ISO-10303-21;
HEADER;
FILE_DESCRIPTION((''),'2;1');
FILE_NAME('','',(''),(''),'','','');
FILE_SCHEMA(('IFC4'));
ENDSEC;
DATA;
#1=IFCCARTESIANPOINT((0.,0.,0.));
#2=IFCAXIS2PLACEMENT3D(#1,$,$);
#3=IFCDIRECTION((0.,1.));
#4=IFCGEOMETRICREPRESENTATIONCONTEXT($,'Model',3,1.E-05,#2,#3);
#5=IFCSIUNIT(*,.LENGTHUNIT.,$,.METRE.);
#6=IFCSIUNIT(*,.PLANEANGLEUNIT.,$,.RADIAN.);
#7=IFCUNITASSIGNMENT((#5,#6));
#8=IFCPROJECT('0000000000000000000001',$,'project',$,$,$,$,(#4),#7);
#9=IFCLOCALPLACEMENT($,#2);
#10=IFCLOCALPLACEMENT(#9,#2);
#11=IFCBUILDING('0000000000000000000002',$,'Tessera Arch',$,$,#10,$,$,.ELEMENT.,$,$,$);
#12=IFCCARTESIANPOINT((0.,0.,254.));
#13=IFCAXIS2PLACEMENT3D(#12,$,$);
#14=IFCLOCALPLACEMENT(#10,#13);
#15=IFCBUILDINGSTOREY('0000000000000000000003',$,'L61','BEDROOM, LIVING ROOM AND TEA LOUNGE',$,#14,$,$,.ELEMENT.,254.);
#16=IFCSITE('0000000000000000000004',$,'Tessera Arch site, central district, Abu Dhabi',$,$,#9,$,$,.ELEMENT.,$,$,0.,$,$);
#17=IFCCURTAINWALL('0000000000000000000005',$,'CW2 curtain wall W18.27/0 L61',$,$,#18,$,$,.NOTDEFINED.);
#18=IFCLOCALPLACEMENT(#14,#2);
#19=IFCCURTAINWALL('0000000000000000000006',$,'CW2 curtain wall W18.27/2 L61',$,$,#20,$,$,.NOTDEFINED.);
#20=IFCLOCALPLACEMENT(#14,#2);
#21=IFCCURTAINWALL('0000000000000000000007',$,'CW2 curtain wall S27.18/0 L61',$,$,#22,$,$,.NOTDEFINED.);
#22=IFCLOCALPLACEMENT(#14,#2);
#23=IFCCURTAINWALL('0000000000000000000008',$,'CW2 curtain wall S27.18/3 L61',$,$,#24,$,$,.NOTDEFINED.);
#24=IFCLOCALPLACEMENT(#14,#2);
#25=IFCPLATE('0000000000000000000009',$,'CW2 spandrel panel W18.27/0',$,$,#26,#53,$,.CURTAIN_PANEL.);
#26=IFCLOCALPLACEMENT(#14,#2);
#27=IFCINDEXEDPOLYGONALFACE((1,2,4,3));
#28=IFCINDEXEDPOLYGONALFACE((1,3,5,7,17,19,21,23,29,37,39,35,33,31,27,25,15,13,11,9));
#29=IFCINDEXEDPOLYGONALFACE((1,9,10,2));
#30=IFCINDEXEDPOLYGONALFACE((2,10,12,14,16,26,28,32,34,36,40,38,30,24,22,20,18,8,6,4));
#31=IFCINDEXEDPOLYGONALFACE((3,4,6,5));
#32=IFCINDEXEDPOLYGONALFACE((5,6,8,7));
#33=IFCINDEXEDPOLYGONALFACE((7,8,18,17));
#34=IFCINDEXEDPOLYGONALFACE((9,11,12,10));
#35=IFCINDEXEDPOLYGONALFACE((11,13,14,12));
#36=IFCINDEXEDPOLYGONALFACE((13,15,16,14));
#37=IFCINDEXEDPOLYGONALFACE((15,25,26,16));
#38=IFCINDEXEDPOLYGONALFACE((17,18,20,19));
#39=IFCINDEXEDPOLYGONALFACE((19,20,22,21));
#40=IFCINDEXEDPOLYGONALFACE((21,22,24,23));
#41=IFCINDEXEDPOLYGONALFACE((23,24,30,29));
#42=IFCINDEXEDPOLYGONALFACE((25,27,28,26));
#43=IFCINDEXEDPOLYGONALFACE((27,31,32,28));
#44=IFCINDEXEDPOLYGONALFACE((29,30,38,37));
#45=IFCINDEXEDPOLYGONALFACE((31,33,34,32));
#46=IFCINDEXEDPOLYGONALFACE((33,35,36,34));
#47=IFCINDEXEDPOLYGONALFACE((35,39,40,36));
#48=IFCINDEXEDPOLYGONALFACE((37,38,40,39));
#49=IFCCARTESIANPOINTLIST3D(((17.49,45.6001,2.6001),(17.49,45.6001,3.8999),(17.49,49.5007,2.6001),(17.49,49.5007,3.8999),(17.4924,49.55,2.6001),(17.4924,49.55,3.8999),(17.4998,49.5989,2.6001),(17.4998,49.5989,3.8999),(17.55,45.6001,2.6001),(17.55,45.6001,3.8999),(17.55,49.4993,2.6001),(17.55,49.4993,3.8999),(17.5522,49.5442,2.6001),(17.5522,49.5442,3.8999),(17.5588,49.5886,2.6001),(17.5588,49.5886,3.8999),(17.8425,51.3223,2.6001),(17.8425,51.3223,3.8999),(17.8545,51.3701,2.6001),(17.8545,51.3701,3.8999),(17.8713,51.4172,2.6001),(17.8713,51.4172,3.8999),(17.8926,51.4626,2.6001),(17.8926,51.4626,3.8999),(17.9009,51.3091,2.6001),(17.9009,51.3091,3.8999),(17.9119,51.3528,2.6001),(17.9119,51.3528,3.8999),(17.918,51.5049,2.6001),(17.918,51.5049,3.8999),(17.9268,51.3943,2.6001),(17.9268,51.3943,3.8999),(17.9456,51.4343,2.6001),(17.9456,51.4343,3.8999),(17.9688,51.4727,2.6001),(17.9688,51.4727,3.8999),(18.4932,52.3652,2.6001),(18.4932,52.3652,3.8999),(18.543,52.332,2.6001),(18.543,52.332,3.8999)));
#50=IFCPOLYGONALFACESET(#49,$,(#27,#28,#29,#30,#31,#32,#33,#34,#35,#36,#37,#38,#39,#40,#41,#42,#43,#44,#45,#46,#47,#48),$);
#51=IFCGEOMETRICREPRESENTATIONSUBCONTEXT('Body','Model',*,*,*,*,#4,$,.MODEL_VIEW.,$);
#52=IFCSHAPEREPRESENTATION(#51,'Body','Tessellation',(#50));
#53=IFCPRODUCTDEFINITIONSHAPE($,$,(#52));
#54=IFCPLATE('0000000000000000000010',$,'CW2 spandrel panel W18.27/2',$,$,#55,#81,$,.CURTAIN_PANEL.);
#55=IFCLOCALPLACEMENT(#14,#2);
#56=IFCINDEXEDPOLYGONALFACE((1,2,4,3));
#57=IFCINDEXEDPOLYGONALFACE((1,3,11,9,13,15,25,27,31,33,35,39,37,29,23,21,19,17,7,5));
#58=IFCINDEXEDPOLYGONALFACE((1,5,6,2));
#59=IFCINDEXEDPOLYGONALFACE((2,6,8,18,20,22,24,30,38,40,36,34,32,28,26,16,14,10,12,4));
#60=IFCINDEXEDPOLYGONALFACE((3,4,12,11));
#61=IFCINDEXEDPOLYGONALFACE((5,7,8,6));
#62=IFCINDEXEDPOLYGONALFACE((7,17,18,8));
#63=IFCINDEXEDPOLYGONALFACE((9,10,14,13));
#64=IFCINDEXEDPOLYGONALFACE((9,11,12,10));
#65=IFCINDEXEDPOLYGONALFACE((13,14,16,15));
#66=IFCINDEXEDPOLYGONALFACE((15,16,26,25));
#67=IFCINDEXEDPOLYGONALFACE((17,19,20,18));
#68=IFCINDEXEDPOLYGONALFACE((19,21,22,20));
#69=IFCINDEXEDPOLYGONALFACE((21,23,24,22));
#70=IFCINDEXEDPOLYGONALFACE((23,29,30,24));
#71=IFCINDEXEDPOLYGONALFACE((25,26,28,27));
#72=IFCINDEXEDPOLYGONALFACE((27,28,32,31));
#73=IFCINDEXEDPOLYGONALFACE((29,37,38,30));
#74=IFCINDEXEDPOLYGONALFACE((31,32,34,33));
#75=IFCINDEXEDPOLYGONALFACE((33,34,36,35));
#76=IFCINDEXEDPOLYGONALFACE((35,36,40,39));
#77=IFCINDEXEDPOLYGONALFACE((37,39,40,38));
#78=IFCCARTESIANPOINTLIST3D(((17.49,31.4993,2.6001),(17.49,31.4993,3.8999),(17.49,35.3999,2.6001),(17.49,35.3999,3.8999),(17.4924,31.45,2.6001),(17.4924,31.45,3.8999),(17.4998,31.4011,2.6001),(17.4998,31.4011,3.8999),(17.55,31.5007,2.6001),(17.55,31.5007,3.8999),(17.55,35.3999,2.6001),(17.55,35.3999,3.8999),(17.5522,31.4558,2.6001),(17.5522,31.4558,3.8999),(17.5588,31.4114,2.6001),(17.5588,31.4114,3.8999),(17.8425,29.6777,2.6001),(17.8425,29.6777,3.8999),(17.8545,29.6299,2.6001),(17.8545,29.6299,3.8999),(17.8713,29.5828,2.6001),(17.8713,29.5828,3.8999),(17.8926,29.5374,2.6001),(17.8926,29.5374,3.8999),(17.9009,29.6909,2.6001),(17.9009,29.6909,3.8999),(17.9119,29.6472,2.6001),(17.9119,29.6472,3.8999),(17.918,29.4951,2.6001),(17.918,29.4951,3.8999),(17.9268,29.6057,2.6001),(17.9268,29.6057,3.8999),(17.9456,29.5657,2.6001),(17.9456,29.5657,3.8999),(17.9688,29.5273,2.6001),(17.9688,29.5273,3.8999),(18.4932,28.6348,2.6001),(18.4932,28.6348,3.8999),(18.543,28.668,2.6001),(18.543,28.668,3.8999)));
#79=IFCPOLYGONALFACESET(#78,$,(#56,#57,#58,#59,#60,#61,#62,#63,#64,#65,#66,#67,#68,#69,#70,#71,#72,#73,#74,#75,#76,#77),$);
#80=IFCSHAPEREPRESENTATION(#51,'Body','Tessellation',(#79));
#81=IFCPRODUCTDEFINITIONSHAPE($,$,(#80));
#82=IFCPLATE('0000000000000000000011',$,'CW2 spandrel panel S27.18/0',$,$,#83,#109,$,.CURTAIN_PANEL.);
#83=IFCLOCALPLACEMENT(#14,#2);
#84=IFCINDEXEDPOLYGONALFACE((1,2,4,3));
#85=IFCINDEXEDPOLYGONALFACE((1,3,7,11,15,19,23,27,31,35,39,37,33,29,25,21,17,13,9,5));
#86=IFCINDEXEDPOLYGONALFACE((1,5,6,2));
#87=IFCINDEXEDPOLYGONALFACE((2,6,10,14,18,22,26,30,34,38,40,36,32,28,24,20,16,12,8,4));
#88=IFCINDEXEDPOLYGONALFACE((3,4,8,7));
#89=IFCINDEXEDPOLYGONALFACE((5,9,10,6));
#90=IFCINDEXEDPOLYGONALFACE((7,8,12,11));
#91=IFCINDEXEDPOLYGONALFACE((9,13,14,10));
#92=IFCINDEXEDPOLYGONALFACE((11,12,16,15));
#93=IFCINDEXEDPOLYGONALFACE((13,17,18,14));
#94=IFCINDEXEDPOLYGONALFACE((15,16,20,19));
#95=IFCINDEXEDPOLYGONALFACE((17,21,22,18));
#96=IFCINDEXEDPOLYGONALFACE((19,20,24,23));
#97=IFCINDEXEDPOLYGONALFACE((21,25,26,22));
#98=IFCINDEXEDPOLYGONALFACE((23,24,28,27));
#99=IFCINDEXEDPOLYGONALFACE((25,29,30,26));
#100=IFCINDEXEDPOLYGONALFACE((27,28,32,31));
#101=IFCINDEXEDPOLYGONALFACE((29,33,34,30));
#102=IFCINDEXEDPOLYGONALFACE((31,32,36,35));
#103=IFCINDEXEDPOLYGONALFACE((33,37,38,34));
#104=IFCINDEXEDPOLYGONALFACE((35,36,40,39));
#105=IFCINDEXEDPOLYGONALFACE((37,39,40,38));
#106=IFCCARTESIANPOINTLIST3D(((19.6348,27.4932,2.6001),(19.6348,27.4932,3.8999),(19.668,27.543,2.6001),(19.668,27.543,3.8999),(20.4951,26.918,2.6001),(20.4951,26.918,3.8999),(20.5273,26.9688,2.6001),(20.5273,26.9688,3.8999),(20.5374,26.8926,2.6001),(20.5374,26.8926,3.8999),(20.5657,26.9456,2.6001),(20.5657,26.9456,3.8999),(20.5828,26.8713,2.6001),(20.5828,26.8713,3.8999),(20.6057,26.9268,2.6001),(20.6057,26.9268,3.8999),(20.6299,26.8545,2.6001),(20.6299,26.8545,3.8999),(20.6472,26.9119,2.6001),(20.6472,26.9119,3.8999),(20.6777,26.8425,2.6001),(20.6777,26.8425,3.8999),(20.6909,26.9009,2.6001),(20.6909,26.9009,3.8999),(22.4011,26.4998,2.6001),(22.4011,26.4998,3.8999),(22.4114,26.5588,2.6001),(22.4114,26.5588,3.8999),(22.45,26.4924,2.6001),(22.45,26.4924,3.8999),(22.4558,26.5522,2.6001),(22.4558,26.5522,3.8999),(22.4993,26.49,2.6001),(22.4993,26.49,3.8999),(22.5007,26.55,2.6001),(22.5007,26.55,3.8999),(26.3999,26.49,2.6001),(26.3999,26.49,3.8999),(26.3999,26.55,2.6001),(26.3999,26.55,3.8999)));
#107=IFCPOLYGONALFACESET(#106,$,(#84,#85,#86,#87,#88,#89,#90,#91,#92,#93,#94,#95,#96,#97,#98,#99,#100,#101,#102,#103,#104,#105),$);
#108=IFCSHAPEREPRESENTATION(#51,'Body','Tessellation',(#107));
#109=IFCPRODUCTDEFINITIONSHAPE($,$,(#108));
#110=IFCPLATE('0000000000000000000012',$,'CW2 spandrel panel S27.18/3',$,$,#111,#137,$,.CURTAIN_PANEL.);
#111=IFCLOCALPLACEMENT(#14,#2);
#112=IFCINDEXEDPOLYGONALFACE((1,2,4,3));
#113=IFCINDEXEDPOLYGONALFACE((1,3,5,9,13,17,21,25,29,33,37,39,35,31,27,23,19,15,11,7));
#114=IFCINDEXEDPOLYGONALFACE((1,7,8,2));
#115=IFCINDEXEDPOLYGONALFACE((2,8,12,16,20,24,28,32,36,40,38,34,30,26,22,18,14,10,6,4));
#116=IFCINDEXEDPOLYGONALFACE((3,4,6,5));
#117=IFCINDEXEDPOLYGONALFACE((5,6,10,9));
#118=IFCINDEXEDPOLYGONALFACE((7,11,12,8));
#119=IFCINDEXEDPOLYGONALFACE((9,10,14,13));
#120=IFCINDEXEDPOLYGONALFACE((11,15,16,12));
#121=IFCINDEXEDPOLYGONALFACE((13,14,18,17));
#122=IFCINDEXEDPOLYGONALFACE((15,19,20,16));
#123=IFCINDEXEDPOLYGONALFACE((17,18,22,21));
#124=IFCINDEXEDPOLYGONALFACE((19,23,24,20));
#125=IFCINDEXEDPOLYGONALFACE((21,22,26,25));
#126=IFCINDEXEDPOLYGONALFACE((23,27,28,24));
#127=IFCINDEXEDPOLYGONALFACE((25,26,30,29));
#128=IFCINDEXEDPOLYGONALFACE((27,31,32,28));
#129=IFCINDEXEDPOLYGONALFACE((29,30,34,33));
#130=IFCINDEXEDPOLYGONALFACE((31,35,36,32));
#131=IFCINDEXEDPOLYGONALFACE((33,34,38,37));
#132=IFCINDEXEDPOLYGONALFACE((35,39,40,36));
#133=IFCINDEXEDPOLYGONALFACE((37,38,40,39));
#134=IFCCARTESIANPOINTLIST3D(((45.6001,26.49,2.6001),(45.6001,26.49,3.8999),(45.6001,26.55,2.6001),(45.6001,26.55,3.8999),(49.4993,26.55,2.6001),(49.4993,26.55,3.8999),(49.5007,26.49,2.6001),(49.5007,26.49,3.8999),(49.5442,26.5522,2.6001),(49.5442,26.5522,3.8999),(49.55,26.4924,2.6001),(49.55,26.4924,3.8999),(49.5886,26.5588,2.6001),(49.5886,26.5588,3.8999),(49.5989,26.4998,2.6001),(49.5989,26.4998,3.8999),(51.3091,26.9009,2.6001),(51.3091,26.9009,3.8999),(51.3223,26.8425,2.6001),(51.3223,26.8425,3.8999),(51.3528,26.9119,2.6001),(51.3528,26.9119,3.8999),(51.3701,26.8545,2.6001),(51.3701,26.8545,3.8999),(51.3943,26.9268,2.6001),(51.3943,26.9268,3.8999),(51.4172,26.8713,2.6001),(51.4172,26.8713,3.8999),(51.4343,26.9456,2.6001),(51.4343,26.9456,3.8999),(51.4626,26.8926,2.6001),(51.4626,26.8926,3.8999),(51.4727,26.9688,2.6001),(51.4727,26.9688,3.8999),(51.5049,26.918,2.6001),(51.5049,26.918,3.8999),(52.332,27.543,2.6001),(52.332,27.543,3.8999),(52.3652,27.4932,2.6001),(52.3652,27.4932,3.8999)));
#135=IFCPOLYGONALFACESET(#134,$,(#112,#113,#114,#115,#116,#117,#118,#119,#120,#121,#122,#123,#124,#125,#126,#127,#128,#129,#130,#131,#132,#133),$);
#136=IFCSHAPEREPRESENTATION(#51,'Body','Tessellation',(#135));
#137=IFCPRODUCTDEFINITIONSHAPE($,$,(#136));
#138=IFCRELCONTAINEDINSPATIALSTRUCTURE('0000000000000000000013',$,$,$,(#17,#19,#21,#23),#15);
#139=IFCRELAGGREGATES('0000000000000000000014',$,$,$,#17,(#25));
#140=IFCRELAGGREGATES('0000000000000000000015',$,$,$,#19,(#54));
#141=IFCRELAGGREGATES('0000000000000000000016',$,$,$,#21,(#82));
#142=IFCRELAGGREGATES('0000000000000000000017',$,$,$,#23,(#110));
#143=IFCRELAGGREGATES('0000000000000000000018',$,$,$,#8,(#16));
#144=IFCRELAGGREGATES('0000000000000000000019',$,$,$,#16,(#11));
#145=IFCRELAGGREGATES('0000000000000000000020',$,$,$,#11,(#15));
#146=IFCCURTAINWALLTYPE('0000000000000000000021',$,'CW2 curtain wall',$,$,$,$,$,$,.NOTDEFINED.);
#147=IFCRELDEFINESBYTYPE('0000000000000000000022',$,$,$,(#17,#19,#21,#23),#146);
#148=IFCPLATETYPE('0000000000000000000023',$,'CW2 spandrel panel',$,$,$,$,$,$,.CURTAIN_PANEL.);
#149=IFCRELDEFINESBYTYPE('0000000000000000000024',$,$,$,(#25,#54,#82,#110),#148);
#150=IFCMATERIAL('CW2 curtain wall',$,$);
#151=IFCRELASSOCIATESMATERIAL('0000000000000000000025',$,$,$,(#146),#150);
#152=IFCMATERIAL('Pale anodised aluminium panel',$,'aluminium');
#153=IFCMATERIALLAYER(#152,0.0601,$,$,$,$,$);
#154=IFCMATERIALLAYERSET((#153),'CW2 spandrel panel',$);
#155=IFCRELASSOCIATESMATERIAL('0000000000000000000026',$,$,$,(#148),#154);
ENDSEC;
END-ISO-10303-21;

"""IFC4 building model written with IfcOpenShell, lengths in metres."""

from ifc_helpers import new_model, si_unit, direction, frame, origin, place, context, subcontext, project, spatial, polyline, outline, extrude, material, layer, layer_set, type_object, element, aggregate, save


model = new_model("IFC4")

# Units and contexts
model_context = context("Model", 3, precision=1e-05, world=origin(), true_north=direction((0.0, 1.0)))
body_context = subcontext(model_context, "Body", "Model", "MODEL_VIEW")
ifc_project = project(units=[si_unit("LENGTHUNIT", "METRE"), si_unit("PLANEANGLEUNIT", "RADIAN")], contexts=[model_context])

# Site, building, storey
site_placement = place(None, origin())
site = spatial("IfcSite", under=ifc_project, at=site_placement, Name="Tessera Arch site, central district, Abu Dhabi", CompositionType="ELEMENT", RefElevation=0.0)
building_placement = place(site_placement, origin())
building = spatial("IfcBuilding", under=site, at=building_placement, Name="Tessera Arch", CompositionType="ELEMENT")
storey_placement = place(building_placement, frame((0.0, 0.0, 254.0)))
storey = spatial("IfcBuildingStorey", under=building, at=storey_placement, Name="L61", Description="BEDROOM, LIVING ROOM AND TEA LOUNGE", CompositionType="ELEMENT", Elevation=254.0)

# Curtain walls
ifc_material_1 = material(Name="CW2 curtain wall")
curtain_wall_type = type_object("IfcCurtainWallType", Name="CW2 curtain wall", PredefinedType="NOTDEFINED", material=ifc_material_1)
curtain_wall_1_placement = place(storey_placement, origin())
curtain_wall_1 = element("IfcCurtainWall", 1, at=curtain_wall_1_placement, inside=storey, type_object=curtain_wall_type, Name="CW2 curtain wall W18.27/0 L61", PredefinedType="NOTDEFINED")
curtain_wall_2_placement = place(storey_placement, origin())
curtain_wall_2 = element("IfcCurtainWall", 2, at=curtain_wall_2_placement, inside=storey, type_object=curtain_wall_type, Name="CW2 curtain wall W18.27/2 L61", PredefinedType="NOTDEFINED")
curtain_wall_3_placement = place(storey_placement, origin())
curtain_wall_3 = element("IfcCurtainWall", 3, at=curtain_wall_3_placement, inside=storey, type_object=curtain_wall_type, Name="CW2 curtain wall S27.18/0 L61", PredefinedType="NOTDEFINED")
curtain_wall_4_placement = place(storey_placement, origin())
curtain_wall_4 = element("IfcCurtainWall", 4, at=curtain_wall_4_placement, inside=storey, type_object=curtain_wall_type, Name="CW2 curtain wall S27.18/3 L61", PredefinedType="NOTDEFINED")

# Plates
ifc_material_2 = material(Name="Pale anodised aluminium panel", Category="aluminium")
ifc_layer_1 = layer(ifc_material_2, 0.0601)
ifc_layer_set_1 = layer_set([ifc_layer_1], Name="CW2 spandrel panel")
plate_type_1 = type_object("IfcPlateType", Name="CW2 spandrel panel", PredefinedType="CURTAIN_PANEL", material=ifc_layer_set_1)
plate_1_placement = place(storey_placement, frame((0.0, 0.0, 2.6001)))
plate_1 = element("IfcPlate", 5, at=plate_1_placement, type_object=plate_type_1, Name="CW2 spandrel panel W18.27/0", PredefinedType="CURTAIN_PANEL", context=body_context, shape_type="SweptSolid", body=[
    extrude(outline(polyline([(17.9688, 51.4727), (18.543, 52.332), (18.4932, 52.3652), (17.918, 51.5049), (17.8926, 51.4626), (17.8713, 51.4172), (17.8545, 51.3701), (17.8425, 51.3223), (17.4998, 49.5989), (17.4924, 49.55), (17.49, 49.5007), (17.49, 45.6001), (17.55, 45.6001), (17.55, 49.4993), (17.5522, 49.5442), (17.5588, 49.5886), (17.9009, 51.3091), (17.9119, 51.3528), (17.9268, 51.3943), (17.9456, 51.4343), (17.9688, 51.4727)])), origin(), (0.0, 0.0, 1.0), 1.2998),
])
aggregate(curtain_wall_1, [plate_1])
plate_2_placement = place(storey_placement, frame((0.0, 0.0, 2.6001)))
plate_2 = element("IfcPlate", 6, at=plate_2_placement, type_object=plate_type_1, Name="CW2 spandrel panel W18.27/2", PredefinedType="CURTAIN_PANEL", context=body_context, shape_type="SweptSolid", body=[
    extrude(outline(polyline([(17.55, 31.5007), (17.55, 35.3999), (17.49, 35.3999), (17.49, 31.4993), (17.4924, 31.45), (17.4998, 31.4011), (17.8425, 29.6777), (17.8545, 29.6299), (17.8713, 29.5828), (17.8926, 29.5374), (17.918, 29.4951), (18.4932, 28.6348), (18.543, 28.668), (17.9688, 29.5273), (17.9456, 29.5657), (17.9268, 29.6057), (17.9119, 29.6472), (17.9009, 29.6909), (17.5588, 31.4114), (17.5522, 31.4558), (17.55, 31.5007)])), origin(), (0.0, 0.0, 1.0), 1.2998),
])
aggregate(curtain_wall_2, [plate_2])
plate_3_placement = place(storey_placement, frame((0.0, 0.0, 2.6001)))
plate_3 = element("IfcPlate", 7, at=plate_3_placement, type_object=plate_type_1, Name="CW2 spandrel panel S27.18/0", PredefinedType="CURTAIN_PANEL", context=body_context, shape_type="SweptSolid", body=[
    extrude(outline(polyline([(20.5273, 26.9688), (19.668, 27.543), (19.6348, 27.4932), (20.4951, 26.918), (20.5374, 26.8926), (20.5828, 26.8713), (20.6299, 26.8545), (20.6777, 26.8425), (22.4011, 26.4998), (22.45, 26.4924), (22.4993, 26.49), (26.3999, 26.49), (26.3999, 26.55), (22.5007, 26.55), (22.4558, 26.5522), (22.4114, 26.5588), (20.6909, 26.9009), (20.6472, 26.9119), (20.6057, 26.9268), (20.5657, 26.9456), (20.5273, 26.9688)])), origin(), (0.0, 0.0, 1.0), 1.2998),
])
aggregate(curtain_wall_3, [plate_3])
plate_4_placement = place(storey_placement, frame((0.0, 0.0, 2.6001)))
plate_4 = element("IfcPlate", 8, at=plate_4_placement, type_object=plate_type_1, Name="CW2 spandrel panel S27.18/3", PredefinedType="CURTAIN_PANEL", context=body_context, shape_type="SweptSolid", body=[
    extrude(outline(polyline([(49.4993, 26.55), (45.6001, 26.55), (45.6001, 26.49), (49.5007, 26.49), (49.55, 26.4924), (49.5989, 26.4998), (51.3223, 26.8425), (51.3701, 26.8545), (51.4172, 26.8713), (51.4626, 26.8926), (51.5049, 26.918), (52.3652, 27.4932), (52.332, 27.543), (51.4727, 26.9688), (51.4343, 26.9456), (51.3943, 26.9268), (51.3528, 26.9119), (51.3091, 26.9009), (49.5886, 26.5588), (49.5442, 26.5522), (49.4993, 26.55)])), origin(), (0.0, 0.0, 1.0), 1.2998),
])
aggregate(curtain_wall_4, [plate_4])

save(model, "model.ifc")
